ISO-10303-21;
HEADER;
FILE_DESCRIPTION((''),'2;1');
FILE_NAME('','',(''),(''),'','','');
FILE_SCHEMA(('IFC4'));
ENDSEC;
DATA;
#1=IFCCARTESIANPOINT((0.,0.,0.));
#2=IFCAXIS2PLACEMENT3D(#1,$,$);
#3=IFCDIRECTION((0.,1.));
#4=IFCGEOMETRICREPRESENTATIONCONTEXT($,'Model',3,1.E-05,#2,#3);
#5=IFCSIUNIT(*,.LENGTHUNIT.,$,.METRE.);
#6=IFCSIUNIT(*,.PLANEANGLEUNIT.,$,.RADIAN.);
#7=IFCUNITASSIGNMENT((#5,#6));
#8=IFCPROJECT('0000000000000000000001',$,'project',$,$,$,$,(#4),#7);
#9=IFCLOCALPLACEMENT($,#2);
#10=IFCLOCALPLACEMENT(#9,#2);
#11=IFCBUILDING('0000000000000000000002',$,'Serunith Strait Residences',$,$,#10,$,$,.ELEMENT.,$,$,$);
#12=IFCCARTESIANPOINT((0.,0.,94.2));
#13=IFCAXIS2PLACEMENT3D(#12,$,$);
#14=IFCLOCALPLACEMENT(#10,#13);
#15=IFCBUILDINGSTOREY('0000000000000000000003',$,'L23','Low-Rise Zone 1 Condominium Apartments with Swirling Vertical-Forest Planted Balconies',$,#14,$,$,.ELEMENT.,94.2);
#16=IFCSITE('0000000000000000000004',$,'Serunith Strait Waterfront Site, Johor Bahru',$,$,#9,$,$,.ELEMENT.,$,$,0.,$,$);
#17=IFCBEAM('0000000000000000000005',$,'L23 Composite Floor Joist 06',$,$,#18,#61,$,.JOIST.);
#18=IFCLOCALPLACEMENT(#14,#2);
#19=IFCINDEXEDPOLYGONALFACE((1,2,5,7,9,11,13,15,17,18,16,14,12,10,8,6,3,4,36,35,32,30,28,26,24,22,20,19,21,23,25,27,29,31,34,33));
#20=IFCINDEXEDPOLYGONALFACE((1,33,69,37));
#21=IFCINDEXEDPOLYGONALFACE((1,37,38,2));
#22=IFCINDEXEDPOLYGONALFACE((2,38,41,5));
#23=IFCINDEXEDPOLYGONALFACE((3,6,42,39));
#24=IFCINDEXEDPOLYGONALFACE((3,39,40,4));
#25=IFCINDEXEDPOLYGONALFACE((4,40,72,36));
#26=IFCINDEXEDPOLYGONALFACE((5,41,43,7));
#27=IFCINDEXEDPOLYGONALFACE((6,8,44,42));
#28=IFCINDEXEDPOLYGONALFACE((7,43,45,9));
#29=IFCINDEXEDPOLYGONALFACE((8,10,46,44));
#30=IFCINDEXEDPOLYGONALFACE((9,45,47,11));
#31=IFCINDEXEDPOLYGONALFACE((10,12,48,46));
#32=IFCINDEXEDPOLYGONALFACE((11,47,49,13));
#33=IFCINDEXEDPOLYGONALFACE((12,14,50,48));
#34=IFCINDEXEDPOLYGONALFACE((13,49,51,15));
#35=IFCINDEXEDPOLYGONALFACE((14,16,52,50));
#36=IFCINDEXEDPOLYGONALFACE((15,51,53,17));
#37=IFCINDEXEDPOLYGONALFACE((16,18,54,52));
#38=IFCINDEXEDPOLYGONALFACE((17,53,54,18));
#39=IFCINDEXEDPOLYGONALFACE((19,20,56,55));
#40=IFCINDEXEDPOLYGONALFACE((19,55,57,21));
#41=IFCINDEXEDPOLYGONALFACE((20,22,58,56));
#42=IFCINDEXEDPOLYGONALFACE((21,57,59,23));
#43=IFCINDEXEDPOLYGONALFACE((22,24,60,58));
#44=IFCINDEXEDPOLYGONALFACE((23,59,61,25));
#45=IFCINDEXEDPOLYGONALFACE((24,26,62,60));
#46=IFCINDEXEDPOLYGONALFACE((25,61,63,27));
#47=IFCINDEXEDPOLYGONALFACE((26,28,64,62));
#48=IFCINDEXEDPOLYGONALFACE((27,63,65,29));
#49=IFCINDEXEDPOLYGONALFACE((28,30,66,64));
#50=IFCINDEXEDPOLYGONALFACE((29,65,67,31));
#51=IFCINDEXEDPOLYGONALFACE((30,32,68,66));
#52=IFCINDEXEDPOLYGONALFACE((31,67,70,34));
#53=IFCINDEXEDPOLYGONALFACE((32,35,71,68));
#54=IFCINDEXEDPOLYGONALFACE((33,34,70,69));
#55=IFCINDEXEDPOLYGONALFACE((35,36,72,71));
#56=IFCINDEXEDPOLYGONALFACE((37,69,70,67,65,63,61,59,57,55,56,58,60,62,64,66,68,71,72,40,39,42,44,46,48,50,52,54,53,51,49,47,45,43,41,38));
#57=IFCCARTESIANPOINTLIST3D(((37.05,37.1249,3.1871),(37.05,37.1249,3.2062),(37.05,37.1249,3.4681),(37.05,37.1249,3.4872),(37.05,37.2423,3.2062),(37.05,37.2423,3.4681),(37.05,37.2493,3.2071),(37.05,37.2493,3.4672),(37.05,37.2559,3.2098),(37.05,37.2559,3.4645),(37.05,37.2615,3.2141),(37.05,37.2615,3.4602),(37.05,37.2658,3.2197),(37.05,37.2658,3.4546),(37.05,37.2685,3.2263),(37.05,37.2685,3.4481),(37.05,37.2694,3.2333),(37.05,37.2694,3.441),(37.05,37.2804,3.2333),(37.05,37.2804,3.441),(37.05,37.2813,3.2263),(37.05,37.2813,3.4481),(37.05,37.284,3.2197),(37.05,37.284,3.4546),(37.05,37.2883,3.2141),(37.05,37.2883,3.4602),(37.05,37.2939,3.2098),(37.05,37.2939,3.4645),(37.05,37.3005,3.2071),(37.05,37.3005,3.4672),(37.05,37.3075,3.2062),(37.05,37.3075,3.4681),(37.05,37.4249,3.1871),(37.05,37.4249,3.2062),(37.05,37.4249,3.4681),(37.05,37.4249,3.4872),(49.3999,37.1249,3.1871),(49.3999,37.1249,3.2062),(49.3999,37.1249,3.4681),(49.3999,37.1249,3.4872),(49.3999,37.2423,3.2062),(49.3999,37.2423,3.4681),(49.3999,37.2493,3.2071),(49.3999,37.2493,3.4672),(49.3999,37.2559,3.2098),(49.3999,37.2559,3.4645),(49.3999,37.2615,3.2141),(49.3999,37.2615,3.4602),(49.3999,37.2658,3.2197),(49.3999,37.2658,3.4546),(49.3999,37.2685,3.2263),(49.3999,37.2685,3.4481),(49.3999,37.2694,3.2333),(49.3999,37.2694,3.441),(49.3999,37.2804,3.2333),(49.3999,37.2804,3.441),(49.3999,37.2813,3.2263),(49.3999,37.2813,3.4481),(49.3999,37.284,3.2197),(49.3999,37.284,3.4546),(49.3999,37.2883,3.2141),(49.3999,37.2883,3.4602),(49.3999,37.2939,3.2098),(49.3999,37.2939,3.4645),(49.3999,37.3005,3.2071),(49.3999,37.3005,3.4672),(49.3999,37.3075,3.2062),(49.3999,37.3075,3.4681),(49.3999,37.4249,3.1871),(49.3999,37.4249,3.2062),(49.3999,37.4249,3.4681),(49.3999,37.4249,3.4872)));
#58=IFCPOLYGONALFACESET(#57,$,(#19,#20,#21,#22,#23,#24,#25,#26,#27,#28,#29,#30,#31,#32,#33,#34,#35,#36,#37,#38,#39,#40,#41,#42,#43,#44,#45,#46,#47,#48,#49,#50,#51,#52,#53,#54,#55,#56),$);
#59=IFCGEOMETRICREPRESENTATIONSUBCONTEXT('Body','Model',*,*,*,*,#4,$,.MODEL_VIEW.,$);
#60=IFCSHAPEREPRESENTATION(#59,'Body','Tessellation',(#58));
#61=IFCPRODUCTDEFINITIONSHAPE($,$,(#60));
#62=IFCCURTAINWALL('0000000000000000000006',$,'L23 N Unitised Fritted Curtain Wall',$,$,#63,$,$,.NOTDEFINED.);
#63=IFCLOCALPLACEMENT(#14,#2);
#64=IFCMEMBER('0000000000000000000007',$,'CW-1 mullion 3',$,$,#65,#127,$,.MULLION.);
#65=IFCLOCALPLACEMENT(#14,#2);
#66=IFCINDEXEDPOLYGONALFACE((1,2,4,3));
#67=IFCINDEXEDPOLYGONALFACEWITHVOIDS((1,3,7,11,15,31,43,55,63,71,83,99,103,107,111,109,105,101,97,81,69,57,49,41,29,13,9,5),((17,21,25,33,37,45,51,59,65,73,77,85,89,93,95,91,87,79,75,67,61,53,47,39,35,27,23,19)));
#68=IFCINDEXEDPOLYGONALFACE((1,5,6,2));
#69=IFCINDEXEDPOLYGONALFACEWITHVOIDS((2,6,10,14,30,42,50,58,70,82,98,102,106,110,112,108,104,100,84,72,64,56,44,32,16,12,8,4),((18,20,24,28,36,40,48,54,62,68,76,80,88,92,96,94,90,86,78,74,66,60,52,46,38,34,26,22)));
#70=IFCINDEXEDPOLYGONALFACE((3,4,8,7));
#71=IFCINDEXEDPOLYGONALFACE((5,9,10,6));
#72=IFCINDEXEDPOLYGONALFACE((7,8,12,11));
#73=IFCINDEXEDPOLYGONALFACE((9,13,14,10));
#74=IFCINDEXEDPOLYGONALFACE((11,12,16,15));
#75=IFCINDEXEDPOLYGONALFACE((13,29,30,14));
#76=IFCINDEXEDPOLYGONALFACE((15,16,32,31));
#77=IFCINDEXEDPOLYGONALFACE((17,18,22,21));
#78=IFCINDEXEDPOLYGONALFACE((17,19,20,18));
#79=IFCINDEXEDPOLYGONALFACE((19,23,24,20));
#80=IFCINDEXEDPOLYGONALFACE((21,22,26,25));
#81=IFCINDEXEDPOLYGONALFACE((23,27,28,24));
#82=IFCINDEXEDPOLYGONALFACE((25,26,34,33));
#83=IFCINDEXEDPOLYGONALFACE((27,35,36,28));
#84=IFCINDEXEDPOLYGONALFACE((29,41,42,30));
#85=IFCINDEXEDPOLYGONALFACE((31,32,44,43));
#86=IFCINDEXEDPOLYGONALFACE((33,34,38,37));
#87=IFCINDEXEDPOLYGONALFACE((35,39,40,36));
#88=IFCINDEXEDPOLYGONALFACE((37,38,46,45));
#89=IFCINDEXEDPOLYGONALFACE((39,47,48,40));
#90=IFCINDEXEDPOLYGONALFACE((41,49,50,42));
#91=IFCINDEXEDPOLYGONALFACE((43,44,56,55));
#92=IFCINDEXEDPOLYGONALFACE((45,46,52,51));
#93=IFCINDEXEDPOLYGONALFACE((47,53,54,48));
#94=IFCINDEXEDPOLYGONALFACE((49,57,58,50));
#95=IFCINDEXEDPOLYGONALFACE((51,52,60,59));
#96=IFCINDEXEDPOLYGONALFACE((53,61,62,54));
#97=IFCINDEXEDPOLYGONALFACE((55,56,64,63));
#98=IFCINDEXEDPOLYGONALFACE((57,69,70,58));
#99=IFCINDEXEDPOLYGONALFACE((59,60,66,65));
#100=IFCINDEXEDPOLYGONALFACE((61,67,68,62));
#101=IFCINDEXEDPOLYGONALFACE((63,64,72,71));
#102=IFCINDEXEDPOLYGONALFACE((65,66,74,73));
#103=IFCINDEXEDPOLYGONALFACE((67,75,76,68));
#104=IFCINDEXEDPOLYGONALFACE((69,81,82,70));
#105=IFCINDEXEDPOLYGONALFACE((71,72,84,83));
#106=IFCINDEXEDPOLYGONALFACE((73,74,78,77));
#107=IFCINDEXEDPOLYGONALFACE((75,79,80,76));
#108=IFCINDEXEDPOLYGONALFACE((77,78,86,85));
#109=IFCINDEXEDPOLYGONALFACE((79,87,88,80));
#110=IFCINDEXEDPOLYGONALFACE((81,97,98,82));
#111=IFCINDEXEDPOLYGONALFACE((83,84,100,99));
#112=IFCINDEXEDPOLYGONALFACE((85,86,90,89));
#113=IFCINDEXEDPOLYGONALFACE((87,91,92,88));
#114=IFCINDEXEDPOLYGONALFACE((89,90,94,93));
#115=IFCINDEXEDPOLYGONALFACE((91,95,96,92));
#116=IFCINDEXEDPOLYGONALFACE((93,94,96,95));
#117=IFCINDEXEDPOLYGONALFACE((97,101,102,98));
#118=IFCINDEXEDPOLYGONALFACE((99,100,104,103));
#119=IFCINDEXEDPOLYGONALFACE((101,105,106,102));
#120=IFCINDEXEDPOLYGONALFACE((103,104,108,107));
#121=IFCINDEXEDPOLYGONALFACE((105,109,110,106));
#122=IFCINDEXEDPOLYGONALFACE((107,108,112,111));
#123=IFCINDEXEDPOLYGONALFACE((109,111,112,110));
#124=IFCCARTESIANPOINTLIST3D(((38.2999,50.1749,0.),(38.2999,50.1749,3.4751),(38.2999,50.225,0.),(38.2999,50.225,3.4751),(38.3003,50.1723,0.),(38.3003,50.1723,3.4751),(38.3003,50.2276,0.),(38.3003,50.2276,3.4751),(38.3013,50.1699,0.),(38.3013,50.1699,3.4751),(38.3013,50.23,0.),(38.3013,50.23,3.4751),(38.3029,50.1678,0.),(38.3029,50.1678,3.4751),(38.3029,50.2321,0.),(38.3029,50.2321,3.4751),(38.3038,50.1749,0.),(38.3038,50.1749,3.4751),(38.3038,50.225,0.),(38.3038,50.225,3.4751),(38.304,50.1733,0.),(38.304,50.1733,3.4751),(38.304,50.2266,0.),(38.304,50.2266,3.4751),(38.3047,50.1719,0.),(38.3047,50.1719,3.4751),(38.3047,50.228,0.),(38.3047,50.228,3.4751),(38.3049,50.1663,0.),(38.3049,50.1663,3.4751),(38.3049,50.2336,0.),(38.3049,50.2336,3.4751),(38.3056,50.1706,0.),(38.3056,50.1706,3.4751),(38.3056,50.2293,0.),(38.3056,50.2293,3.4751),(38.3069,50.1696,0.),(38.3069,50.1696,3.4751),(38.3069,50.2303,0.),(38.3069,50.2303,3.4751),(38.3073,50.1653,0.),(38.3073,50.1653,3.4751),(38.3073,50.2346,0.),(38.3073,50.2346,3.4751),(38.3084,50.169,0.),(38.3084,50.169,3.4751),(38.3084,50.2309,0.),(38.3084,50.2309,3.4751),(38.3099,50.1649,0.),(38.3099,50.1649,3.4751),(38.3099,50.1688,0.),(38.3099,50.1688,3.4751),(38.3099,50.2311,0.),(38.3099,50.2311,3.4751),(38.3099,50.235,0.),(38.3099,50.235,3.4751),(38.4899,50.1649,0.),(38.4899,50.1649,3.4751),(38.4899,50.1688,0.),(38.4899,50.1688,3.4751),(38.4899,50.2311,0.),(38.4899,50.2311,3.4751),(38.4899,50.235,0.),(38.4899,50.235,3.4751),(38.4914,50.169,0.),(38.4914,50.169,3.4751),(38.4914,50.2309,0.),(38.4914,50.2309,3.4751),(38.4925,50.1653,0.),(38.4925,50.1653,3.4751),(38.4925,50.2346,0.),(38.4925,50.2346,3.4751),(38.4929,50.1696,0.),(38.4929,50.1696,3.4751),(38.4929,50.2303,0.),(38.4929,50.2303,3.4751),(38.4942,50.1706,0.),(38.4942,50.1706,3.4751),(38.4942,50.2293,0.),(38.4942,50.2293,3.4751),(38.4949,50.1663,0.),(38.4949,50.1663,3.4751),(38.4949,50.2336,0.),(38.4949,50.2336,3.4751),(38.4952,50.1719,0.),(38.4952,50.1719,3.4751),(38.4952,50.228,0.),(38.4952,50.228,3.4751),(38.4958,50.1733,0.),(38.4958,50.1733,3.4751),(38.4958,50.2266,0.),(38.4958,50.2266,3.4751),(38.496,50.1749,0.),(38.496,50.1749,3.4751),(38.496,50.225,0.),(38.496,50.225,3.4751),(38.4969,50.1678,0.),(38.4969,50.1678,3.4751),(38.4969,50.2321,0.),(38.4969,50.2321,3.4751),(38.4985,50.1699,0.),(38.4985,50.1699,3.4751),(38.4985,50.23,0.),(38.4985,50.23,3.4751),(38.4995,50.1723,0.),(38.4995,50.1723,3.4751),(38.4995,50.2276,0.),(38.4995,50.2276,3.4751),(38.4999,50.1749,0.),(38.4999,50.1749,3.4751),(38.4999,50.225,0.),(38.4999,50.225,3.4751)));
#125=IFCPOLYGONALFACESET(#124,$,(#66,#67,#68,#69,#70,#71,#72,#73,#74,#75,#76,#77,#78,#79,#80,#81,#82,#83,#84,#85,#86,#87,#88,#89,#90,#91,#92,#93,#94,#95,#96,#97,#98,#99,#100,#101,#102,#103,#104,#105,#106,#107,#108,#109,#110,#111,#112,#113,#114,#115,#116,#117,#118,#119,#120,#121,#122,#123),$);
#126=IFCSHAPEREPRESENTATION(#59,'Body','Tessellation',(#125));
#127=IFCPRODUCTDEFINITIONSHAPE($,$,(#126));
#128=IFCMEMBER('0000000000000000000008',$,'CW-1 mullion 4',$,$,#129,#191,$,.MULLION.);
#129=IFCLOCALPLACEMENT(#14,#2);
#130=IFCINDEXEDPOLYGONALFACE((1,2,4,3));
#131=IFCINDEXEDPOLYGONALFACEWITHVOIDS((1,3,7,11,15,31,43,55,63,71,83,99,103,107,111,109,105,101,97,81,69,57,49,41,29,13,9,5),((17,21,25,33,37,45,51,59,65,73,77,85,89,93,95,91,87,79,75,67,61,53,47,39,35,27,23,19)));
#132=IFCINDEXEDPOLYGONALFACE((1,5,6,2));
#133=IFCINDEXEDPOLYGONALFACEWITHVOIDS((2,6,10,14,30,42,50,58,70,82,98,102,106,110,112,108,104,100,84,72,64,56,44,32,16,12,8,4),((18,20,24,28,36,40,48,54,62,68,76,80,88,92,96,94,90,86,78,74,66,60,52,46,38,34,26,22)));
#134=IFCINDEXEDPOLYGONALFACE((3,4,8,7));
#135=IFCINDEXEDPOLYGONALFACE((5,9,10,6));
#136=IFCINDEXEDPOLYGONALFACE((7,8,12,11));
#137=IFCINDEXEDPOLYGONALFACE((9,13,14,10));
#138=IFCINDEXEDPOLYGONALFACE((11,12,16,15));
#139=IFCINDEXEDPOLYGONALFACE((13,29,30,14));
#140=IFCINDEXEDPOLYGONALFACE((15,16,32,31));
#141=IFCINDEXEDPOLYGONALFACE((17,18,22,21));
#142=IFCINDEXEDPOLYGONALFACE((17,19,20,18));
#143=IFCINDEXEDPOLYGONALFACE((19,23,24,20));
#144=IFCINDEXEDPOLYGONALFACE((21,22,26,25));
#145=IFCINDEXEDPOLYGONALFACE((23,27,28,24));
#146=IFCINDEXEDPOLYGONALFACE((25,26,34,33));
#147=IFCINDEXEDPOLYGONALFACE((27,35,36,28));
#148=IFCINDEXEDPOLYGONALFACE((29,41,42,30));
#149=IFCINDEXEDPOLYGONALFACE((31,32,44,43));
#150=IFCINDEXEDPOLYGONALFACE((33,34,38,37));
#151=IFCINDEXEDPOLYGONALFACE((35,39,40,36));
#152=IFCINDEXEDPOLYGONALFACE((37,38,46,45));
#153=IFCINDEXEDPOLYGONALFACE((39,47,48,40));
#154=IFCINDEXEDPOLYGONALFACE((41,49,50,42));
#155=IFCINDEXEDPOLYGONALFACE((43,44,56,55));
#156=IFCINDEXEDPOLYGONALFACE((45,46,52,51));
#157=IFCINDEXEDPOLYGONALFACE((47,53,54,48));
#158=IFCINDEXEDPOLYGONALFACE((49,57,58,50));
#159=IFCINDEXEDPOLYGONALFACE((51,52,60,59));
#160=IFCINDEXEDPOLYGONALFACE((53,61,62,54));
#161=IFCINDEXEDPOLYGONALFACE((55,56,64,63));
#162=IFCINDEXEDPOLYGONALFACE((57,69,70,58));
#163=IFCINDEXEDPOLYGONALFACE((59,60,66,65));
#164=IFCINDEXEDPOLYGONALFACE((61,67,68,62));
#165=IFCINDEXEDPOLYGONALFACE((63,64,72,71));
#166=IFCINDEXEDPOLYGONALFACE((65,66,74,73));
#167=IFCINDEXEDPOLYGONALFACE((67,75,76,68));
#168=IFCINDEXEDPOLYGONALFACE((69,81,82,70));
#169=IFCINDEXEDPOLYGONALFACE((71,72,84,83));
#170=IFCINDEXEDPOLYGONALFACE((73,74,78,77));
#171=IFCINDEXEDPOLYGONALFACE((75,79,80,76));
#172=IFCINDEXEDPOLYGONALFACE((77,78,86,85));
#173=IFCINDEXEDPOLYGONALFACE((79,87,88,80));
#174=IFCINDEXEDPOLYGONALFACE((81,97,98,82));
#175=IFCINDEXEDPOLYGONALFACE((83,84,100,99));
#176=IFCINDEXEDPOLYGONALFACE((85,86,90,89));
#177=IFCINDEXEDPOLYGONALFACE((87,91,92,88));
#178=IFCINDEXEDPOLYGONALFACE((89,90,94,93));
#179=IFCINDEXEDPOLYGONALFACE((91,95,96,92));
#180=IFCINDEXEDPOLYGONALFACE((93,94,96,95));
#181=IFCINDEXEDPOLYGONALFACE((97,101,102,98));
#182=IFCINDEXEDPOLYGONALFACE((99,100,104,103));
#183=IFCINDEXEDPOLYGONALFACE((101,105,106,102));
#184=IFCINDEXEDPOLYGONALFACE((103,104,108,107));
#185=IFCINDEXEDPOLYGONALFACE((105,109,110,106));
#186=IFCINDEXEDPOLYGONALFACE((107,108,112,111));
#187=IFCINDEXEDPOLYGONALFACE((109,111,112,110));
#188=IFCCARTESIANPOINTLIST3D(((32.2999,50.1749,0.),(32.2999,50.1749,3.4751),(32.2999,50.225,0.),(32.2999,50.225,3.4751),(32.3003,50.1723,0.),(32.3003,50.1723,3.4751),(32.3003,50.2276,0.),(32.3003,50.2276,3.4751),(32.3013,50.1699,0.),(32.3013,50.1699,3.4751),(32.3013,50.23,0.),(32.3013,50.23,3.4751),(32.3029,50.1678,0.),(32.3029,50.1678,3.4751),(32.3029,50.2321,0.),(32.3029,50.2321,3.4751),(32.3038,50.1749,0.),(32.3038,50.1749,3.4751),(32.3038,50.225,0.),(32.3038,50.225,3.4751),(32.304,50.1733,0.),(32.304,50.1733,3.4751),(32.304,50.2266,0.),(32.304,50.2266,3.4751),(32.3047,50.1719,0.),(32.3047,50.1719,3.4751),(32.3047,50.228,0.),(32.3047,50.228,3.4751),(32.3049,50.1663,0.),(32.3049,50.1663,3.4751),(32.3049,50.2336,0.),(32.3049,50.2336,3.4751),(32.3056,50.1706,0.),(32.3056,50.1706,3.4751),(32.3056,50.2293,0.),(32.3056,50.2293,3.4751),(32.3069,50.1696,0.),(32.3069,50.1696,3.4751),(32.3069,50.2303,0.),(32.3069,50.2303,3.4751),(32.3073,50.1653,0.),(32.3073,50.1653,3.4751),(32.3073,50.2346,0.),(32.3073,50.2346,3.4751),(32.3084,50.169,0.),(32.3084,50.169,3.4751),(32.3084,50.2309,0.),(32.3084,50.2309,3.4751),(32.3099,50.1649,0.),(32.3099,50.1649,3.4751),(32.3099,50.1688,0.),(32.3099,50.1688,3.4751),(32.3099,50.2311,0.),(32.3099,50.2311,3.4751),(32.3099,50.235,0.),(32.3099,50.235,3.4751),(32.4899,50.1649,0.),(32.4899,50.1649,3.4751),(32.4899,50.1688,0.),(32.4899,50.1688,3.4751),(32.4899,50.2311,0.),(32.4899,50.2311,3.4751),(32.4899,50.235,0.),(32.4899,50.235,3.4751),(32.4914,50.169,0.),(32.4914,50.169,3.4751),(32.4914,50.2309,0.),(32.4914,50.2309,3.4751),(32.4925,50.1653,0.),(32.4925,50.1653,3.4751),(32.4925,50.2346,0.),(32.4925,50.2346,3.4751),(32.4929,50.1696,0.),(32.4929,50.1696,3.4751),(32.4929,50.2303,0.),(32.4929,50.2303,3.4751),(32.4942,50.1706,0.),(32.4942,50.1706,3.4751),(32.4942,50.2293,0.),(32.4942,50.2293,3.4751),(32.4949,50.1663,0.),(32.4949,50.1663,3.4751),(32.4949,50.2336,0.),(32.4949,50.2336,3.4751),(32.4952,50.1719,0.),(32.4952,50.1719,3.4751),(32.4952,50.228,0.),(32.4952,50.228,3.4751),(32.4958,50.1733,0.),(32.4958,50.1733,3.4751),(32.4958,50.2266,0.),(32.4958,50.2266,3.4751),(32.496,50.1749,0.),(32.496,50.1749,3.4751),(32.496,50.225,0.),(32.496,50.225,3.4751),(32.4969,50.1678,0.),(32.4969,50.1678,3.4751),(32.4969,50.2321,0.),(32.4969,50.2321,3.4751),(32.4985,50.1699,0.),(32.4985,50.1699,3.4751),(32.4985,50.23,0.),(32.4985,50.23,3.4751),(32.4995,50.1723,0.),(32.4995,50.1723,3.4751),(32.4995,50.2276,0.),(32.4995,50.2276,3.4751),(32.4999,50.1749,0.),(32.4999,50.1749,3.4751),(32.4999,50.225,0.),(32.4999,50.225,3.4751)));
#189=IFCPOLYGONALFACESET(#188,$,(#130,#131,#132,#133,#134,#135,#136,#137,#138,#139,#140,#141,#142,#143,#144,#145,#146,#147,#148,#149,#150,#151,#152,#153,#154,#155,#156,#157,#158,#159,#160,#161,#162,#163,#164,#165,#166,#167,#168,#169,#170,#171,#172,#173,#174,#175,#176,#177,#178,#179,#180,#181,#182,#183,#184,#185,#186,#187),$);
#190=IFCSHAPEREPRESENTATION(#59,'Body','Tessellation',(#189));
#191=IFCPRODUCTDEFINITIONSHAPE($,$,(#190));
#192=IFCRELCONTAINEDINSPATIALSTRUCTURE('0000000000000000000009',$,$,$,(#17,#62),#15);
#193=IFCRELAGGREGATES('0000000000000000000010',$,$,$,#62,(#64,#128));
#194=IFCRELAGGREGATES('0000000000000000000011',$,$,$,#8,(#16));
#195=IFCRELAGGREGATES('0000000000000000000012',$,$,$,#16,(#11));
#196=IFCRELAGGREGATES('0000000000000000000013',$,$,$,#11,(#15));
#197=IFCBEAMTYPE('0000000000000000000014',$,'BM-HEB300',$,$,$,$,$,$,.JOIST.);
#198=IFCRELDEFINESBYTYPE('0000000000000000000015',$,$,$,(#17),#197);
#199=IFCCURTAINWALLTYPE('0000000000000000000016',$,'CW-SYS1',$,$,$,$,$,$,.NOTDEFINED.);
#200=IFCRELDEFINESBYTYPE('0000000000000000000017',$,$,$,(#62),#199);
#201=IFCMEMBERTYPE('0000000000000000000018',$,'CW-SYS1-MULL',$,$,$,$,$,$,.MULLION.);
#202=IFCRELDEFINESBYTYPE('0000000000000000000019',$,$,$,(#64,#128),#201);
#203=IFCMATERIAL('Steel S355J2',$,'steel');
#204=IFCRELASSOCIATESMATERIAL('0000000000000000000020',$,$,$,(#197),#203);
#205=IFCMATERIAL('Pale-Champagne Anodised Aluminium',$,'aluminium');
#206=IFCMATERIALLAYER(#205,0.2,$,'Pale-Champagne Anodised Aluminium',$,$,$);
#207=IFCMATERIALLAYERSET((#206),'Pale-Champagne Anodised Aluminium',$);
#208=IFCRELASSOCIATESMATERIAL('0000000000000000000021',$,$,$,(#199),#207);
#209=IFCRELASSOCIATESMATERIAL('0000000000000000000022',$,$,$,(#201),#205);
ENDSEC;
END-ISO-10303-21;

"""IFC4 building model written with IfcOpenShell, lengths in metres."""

from ifc_helpers import new_model, si_unit, direction, frame, origin, origin_2d, place, context, subcontext, project, spatial, hollow_rectangle, i_section, extrude, source, transform, mapped, material, layer, layer_set, material_profile, profile_set, type_object, element, aggregate, save


model = new_model("IFC4")

# Units and contexts
model_context = context("Model", 3, precision=1e-05, world=origin(), true_north=direction((0.0, 1.0)))
body_context = subcontext(model_context, "Body", "Model", "MODEL_VIEW")
ifc_project = project(units=[si_unit("LENGTHUNIT", "METRE"), si_unit("PLANEANGLEUNIT", "RADIAN")], contexts=[model_context])

# Site, building, storey
site_placement = place(None, origin())
site = spatial("IfcSite", under=ifc_project, at=site_placement, Name="Serunith Strait Waterfront Site, Johor Bahru", CompositionType="ELEMENT", RefElevation=0.0)
building_placement = place(site_placement, origin())
building = spatial("IfcBuilding", under=site, at=building_placement, Name="Serunith Strait Residences", CompositionType="ELEMENT")
storey_placement = place(building_placement, frame((0.0, 0.0, 94.2)))
storey = spatial("IfcBuildingStorey", under=building, at=storey_placement, Name="L23", Description="Low-Rise Zone 1 Condominium Apartments with Swirling Vertical-Forest Planted Balconies", CompositionType="ELEMENT", Elevation=94.2)

# Beam
ifc_material_1 = material(Name="Steel S355J2", Category="steel")
ifc_material_profile_1 = material_profile(ifc_material_1, i_section(OverallWidth=0.3, OverallDepth=0.3, WebThickness=0.011, FlangeThickness=0.019, FilletRadius=0.0271, at=origin_2d()), Name="HEB 300")
ifc_profile_set_1 = profile_set([ifc_material_profile_1], Name="Steel S355J2")
beam_type_1 = type_object("IfcBeamType", Name="BM-HEB300", PredefinedType="JOIST", material=ifc_profile_set_1)
shared_shape_1 = source(origin(), body_context, "Body", "SweptSolid", [
    extrude(i_section(OverallWidth=0.3, OverallDepth=0.3, WebThickness=0.011, FlangeThickness=0.019, FilletRadius=0.0271, at=origin_2d()), origin(), (0.0, 0.0, 1.0), 12.3499),
])
beam_1_placement = place(storey_placement, frame((37.05, 37.2749, 3.3372), z_axis=(1.0, 0.0, 0.0), x_axis=(0.0, 1.0, 0.0)))
element("IfcBeam", 1, at=beam_1_placement, inside=storey, type_object=beam_type_1, Name="L23 Composite Floor Joist 06", PredefinedType="JOIST", context=body_context, shape_type="MappedRepresentation", body=[
    mapped(shared_shape_1, transform((0.0, 0.0, 0.0), scale=1.0)),
])

# Curtain wall, members
ifc_material_2 = material(Name="Pale-Champagne Anodised Aluminium", Category="aluminium")
ifc_layer_1 = layer(ifc_material_2, 0.2, Name="Pale-Champagne Anodised Aluminium")
ifc_layer_set_1 = layer_set([ifc_layer_1], Name="Pale-Champagne Anodised Aluminium")
curtain_wall_type = type_object("IfcCurtainWallType", Name="CW-SYS1", PredefinedType="NOTDEFINED", material=ifc_layer_set_1)
curtain_wall_placement = place(storey_placement, origin())
curtain_wall = element("IfcCurtainWall", 2, at=curtain_wall_placement, inside=storey, type_object=curtain_wall_type, Name="L23 N Unitised Fritted Curtain Wall", PredefinedType="NOTDEFINED")
ifc_material_profile_2 = material_profile(ifc_material_2, hollow_rectangle(XDim=0.0701, YDim=0.2, WallThickness=0.0039, InnerFilletRadius=0.0061, OuterFilletRadius=0.01, at=origin_2d()), Name="ALU 200x70x4")
ifc_profile_set_2 = profile_set([ifc_material_profile_2], Name="Pale-Champagne Anodised Aluminium")
member_type_1 = type_object("IfcMemberType", Name="CW-SYS1-MULL", PredefinedType="MULLION", material=ifc_profile_set_2)
shared_shape_2 = source(origin(), body_context, "Body", "SweptSolid", [
    extrude(hollow_rectangle(XDim=0.0701, YDim=0.2, WallThickness=0.0039, InnerFilletRadius=0.0061, OuterFilletRadius=0.01, at=origin_2d()), origin(), (0.0, 0.0, 1.0), 3.4751),
])
member_1_placement = place(storey_placement, frame((38.3999, 50.2, 0.0), z_axis=(0.0, 0.0, 1.0), x_axis=(0.0, -1.0, 0.0)))
member_1 = element("IfcMember", 3, at=member_1_placement, type_object=member_type_1, Name="CW-1 mullion 3", PredefinedType="MULLION", context=body_context, shape_type="MappedRepresentation", body=[
    mapped(shared_shape_2, transform((0.0, 0.0, 0.0), scale=1.0)),
])
member_2_placement = place(storey_placement, frame((32.3999, 50.2, 0.0), z_axis=(0.0, 0.0, 1.0), x_axis=(0.0, -1.0, 0.0)))
member_2 = element("IfcMember", 4, at=member_2_placement, type_object=member_type_1, Name="CW-1 mullion 4", PredefinedType="MULLION", context=body_context, shape_type="MappedRepresentation", body=[
    mapped(shared_shape_2, transform((0.0, 0.0, 0.0), scale=1.0)),
])
aggregate(curtain_wall, [member_1, member_2])

save(model, "model.ifc")
